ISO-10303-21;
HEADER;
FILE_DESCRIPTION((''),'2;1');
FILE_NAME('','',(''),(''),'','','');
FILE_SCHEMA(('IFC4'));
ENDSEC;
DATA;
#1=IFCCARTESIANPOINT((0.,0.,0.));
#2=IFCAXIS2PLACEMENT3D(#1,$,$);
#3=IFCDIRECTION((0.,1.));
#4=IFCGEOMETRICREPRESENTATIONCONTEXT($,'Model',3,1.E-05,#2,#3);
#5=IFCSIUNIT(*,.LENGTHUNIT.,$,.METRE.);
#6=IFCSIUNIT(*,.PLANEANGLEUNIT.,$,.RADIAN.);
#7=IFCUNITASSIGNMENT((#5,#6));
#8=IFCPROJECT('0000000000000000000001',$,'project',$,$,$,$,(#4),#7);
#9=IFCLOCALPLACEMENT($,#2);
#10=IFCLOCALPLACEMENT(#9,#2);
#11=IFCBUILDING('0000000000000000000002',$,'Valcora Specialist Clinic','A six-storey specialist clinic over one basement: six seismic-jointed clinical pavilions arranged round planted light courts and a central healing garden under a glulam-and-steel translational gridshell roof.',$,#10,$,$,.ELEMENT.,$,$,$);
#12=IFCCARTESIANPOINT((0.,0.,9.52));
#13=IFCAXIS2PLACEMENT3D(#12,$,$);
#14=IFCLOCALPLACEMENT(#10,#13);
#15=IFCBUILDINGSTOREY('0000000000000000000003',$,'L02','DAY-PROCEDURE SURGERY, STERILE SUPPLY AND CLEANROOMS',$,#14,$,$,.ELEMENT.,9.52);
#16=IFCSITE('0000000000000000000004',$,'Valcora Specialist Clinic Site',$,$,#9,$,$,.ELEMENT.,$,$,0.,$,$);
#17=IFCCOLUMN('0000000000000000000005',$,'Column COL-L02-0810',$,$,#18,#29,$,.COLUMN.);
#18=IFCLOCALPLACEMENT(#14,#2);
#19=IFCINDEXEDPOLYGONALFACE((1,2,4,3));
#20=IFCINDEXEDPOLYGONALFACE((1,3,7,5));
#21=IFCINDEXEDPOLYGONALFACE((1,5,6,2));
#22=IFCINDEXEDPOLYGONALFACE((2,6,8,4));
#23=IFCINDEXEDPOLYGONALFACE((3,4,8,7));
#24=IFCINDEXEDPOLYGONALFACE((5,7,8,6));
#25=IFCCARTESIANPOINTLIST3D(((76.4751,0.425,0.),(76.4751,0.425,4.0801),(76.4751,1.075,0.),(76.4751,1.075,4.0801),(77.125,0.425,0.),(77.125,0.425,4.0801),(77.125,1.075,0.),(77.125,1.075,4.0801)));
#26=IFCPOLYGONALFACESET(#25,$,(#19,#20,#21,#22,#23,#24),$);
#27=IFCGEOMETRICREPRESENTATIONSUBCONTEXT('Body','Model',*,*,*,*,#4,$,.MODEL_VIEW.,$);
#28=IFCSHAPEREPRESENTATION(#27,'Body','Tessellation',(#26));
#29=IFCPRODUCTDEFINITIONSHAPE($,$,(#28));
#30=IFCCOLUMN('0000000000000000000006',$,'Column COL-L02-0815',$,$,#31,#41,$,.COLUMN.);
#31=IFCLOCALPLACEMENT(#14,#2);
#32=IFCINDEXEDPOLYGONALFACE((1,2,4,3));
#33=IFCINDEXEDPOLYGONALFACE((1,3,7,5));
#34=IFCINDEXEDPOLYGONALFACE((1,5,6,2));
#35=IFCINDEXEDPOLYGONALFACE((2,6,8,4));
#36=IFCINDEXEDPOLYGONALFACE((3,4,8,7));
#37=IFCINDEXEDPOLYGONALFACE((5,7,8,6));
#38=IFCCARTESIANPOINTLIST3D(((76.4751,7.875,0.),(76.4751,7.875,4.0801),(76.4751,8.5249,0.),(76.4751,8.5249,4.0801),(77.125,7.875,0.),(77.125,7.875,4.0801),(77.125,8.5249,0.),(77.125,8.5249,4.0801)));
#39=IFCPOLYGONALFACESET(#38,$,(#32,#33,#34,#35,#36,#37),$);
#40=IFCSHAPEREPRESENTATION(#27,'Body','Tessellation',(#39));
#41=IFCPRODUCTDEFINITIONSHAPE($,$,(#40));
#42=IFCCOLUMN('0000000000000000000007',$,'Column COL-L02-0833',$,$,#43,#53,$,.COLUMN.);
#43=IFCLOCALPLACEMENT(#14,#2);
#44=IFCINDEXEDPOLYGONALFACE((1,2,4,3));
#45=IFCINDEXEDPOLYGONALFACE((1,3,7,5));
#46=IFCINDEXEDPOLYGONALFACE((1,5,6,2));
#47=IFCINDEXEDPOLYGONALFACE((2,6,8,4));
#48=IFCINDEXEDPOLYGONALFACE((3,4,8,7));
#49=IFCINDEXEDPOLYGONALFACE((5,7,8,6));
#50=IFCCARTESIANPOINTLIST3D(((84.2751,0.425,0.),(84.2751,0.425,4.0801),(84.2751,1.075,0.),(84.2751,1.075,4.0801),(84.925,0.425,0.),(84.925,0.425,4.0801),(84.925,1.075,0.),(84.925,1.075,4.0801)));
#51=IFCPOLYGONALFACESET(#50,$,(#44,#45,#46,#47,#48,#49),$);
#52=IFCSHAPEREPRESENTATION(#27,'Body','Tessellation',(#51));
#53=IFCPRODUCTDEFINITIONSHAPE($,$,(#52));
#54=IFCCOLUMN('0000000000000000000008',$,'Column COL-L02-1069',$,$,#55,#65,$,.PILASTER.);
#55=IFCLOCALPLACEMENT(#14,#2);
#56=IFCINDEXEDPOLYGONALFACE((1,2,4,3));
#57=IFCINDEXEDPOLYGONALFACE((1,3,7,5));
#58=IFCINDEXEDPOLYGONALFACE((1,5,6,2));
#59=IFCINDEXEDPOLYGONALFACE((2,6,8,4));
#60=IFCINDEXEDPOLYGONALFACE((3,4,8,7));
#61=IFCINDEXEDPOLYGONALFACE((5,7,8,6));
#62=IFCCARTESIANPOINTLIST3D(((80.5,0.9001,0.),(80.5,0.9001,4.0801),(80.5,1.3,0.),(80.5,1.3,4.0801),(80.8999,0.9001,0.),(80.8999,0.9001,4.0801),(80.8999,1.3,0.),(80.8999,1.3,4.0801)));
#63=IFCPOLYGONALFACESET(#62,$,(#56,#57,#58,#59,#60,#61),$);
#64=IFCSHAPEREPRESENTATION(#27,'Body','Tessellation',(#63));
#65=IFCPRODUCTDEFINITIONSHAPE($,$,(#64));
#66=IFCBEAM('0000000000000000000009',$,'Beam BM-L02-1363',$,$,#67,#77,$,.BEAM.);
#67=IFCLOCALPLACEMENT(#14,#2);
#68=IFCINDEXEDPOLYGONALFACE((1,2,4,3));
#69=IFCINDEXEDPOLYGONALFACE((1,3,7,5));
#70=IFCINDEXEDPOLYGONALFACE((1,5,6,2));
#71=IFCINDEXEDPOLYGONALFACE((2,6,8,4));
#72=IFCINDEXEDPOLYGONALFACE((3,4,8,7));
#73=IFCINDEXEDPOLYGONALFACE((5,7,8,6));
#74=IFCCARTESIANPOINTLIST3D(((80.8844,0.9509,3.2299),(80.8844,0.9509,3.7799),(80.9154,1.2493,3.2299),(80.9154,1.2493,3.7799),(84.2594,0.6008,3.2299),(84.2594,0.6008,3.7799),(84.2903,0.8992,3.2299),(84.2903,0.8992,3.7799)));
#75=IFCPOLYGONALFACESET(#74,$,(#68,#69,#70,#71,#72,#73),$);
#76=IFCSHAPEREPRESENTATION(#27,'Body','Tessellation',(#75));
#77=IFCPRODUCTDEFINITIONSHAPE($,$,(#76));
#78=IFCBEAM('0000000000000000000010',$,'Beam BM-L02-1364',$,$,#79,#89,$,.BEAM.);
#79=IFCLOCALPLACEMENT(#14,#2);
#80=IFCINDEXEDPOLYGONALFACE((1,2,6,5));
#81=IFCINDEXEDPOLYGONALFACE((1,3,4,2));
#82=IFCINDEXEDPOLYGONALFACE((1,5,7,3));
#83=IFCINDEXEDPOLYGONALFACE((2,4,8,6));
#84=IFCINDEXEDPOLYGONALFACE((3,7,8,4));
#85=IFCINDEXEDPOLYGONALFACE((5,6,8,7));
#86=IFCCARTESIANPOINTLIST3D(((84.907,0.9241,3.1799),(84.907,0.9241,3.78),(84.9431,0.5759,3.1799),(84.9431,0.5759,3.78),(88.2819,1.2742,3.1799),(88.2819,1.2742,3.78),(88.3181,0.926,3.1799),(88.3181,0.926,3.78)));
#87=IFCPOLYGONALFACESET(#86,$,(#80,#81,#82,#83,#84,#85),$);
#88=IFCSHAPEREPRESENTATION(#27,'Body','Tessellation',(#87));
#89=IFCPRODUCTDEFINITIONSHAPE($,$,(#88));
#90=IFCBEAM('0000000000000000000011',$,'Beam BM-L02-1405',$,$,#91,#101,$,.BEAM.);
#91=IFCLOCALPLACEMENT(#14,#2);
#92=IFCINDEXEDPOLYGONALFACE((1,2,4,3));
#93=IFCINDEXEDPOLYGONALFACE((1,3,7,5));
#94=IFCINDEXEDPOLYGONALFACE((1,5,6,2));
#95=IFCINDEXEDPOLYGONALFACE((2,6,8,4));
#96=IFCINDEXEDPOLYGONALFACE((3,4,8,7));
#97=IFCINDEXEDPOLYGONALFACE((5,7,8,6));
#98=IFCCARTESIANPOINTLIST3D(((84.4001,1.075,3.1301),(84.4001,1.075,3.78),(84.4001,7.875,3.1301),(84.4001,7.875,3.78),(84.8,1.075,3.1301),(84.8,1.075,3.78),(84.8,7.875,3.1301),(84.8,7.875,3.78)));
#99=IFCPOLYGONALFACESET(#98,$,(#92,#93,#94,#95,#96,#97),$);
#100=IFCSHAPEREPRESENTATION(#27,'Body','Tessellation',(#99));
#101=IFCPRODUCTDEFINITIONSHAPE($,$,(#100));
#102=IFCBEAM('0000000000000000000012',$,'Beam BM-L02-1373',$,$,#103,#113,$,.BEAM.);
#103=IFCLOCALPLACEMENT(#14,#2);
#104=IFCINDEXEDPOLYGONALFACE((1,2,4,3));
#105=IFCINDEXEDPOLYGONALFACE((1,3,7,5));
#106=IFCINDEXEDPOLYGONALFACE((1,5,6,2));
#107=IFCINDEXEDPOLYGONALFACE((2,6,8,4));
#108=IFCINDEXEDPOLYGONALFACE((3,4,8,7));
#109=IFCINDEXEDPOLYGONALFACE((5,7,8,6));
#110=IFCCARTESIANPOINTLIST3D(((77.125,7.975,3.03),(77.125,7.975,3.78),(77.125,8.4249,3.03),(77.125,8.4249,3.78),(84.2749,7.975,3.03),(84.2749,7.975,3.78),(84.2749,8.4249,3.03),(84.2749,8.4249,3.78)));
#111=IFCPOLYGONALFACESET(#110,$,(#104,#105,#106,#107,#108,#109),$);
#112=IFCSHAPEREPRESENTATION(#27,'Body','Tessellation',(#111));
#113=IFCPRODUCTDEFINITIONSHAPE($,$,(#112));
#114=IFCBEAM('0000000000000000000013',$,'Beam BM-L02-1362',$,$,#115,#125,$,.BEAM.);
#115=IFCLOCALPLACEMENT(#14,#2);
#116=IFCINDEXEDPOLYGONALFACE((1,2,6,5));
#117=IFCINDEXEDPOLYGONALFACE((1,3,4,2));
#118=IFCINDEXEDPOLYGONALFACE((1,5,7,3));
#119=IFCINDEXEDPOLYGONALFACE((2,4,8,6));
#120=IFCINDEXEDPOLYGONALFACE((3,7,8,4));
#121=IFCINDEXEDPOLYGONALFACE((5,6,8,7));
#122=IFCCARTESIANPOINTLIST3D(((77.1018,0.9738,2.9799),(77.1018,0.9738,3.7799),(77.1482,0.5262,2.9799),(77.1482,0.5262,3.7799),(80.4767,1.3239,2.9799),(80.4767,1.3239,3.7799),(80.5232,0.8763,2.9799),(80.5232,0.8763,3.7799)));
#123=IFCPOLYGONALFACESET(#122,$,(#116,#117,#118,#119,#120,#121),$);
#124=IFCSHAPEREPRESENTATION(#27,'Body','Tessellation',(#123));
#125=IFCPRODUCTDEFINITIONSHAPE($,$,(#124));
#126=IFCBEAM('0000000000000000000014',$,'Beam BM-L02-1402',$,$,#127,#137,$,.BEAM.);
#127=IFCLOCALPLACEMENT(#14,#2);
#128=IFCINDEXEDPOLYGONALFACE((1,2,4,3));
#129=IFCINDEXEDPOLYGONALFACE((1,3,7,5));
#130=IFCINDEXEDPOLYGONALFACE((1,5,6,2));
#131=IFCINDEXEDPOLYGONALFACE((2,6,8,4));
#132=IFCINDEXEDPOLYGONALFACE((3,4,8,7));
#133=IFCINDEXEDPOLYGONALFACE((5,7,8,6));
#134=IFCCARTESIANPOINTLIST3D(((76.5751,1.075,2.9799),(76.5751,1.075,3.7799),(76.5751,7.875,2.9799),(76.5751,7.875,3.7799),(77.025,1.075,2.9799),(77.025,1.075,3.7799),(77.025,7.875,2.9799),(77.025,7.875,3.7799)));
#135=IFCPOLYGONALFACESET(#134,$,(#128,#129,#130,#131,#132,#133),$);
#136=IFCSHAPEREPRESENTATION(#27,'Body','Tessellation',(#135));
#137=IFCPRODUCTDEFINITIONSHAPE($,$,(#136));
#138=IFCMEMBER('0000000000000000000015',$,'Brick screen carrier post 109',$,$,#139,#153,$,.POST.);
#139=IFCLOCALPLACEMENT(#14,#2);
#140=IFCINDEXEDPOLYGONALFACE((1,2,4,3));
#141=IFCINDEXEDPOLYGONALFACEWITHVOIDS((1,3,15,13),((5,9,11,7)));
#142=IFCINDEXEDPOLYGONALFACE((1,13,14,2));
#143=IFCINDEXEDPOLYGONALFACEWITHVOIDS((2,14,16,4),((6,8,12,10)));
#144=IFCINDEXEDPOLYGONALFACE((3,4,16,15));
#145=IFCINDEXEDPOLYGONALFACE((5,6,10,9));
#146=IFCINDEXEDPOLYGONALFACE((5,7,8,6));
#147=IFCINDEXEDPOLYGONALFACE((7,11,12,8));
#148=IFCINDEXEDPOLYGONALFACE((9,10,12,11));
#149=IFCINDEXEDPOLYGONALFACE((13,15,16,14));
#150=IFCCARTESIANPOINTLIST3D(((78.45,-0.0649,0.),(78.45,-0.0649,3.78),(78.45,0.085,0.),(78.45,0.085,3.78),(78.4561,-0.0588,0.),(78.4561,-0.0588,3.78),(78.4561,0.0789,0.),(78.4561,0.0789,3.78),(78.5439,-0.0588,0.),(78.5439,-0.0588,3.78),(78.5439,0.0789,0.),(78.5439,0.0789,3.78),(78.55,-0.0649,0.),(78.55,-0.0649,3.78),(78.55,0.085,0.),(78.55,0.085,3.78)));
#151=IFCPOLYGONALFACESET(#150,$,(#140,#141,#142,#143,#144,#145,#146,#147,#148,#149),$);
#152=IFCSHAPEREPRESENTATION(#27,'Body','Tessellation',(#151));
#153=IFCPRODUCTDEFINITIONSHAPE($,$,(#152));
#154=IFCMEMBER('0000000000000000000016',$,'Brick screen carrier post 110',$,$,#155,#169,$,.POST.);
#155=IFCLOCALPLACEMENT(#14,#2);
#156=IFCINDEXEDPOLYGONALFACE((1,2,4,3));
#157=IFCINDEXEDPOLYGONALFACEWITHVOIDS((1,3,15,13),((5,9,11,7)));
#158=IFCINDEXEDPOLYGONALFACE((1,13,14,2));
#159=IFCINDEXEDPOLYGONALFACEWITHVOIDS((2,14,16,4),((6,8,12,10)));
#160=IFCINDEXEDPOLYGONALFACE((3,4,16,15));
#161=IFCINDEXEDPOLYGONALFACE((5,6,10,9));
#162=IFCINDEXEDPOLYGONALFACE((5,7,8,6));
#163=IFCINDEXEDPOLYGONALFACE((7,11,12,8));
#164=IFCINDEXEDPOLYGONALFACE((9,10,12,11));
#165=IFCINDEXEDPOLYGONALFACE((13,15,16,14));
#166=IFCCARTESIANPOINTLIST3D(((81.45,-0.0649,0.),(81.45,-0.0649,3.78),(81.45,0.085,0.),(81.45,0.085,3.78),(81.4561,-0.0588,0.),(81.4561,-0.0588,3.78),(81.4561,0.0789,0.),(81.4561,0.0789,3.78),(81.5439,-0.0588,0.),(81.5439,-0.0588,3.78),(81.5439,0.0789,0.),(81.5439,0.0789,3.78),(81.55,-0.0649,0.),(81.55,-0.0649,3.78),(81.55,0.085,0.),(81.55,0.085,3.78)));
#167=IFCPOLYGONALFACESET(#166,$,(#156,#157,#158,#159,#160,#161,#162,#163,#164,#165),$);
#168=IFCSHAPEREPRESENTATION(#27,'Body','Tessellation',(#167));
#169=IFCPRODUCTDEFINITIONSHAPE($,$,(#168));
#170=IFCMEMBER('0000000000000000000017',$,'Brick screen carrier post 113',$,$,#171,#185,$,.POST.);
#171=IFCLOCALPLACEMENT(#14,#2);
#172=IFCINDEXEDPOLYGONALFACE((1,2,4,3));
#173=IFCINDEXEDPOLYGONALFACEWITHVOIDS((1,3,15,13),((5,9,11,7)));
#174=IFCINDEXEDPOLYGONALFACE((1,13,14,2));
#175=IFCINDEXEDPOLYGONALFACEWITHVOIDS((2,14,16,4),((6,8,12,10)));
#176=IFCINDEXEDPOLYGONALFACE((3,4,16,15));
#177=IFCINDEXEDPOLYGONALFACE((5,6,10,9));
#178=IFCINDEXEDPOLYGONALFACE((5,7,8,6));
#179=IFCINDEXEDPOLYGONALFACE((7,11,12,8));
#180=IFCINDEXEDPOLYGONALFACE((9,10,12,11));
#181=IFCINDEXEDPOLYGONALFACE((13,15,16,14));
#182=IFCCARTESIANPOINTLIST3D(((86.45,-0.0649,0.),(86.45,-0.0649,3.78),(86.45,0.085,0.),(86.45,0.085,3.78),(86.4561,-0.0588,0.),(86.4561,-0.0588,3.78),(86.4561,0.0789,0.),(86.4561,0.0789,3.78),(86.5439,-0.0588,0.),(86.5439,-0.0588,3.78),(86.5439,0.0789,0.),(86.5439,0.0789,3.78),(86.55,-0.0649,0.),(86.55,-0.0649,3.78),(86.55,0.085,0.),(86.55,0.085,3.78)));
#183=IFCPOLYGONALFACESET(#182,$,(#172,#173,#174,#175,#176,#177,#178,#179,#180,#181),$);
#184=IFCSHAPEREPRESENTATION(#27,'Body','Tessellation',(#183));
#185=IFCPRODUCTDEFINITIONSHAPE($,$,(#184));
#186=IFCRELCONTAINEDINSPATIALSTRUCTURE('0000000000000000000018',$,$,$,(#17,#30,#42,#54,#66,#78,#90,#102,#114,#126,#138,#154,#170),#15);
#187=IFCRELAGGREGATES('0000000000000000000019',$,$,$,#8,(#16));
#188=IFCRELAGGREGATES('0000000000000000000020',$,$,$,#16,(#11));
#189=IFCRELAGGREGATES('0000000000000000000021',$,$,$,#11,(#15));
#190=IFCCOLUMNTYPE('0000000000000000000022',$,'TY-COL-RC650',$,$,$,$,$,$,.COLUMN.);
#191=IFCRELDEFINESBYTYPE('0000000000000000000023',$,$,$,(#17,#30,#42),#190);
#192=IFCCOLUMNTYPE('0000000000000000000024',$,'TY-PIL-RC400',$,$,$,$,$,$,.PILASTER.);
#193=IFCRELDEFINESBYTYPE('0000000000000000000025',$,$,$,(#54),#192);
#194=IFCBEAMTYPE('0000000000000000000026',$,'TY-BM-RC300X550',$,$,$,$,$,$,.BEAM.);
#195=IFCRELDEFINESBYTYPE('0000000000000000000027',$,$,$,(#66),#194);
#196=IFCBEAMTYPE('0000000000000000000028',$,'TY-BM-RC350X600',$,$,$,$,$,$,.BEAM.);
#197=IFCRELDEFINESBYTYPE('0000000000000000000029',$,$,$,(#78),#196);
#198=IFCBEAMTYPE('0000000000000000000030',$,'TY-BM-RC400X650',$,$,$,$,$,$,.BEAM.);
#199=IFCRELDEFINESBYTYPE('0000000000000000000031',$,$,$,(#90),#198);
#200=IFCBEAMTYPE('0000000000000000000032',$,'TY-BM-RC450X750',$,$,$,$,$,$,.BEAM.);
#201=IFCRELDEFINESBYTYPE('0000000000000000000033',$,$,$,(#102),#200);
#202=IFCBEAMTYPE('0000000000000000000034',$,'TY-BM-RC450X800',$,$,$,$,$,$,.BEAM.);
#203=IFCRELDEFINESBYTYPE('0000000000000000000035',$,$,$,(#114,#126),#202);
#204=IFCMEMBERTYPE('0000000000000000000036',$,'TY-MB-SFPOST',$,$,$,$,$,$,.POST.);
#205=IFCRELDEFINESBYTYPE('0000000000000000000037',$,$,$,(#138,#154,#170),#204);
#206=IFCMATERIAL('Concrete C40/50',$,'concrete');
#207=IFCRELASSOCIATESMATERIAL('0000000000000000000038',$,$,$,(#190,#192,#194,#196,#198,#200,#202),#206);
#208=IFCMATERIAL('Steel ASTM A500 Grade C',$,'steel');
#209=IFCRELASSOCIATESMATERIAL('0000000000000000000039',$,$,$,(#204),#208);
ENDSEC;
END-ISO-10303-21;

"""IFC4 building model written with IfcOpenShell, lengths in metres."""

from ifc_helpers import new_model, si_unit, direction, frame, origin, origin_2d, place, context, subcontext, project, spatial, rectangle, hollow_rectangle, extrude, material, material_profile, profile_set, type_object, element, save


model = new_model("IFC4")

# Units and contexts
model_context = context("Model", 3, precision=1e-05, world=origin(), true_north=direction((0.0, 1.0)))
body_context = subcontext(model_context, "Body", "Model", "MODEL_VIEW")
ifc_project = project(units=[si_unit("LENGTHUNIT", "METRE"), si_unit("PLANEANGLEUNIT", "RADIAN")], contexts=[model_context])

# Site, building, storey
site_placement = place(None, origin())
site = spatial("IfcSite", under=ifc_project, at=site_placement, Name="Valcora Specialist Clinic Site", CompositionType="ELEMENT", RefElevation=0.0)
building_placement = place(site_placement, origin())
building = spatial("IfcBuilding", under=site, at=building_placement, Name="Valcora Specialist Clinic", Description="A six-storey specialist clinic over one basement: six seismic-jointed clinical pavilions arranged round planted light courts and a central healing garden under a glulam-and-steel translational gridshell roof.", CompositionType="ELEMENT")
storey_placement = place(building_placement, frame((0.0, 0.0, 9.52)))
storey = spatial("IfcBuildingStorey", under=building, at=storey_placement, Name="L02", Description="DAY-PROCEDURE SURGERY, STERILE SUPPLY AND CLEANROOMS", CompositionType="ELEMENT", Elevation=9.52)

# Columns
ifc_material_1 = material(Name="Concrete C40/50", Category="concrete")
ifc_material_profile_1 = material_profile(ifc_material_1, rectangle(XDim=0.6499, YDim=0.6499, at=origin_2d()), Name="RC-COL-650X650")
ifc_profile_set_1 = profile_set([ifc_material_profile_1], Name="Concrete C40/50")
column_type_1 = type_object("IfcColumnType", Name="TY-COL-RC650", PredefinedType="COLUMN", material=ifc_profile_set_1)
for number, where, z_axis, x_axis, name in (
    (1, (76.8, 0.75, 0.0), (0.0, 0.0, 1.0), (1.0, 0.0, 0.0), "Column COL-L02-0810"),
    (2, (76.8, 8.2, 0.0), (0.0, 0.0, 1.0), (1.0, 0.0, 0.0), "Column COL-L02-0815"),
    (3, (84.6001, 0.75, 0.0), (0.0, 0.0, 1.0), (1.0, 0.0, 0.0), "Column COL-L02-0833"),
):
    element("IfcColumn", number, at=place(storey_placement, frame(where, z_axis=z_axis, x_axis=x_axis)), inside=storey, type_object=column_type_1, Name=name, PredefinedType="COLUMN", context=body_context, shape_type="SweptSolid", body=[
        extrude(rectangle(XDim=0.6499, YDim=0.6499, at=origin_2d()), origin(), (0.0, 0.0, 1.0), 4.0801),
    ])
ifc_material_profile_2 = material_profile(ifc_material_1, rectangle(XDim=0.3999, YDim=0.3999, at=origin_2d()), Name="RC-COL-400X400")
ifc_profile_set_2 = profile_set([ifc_material_profile_2], Name="Concrete C40/50")
column_type_2 = type_object("IfcColumnType", Name="TY-PIL-RC400", PredefinedType="PILASTER", material=ifc_profile_set_2)
column_placement = place(storey_placement, frame((80.7, 1.1001, 0.0), z_axis=(0.0, 0.0, 1.0), x_axis=(1.0, 0.0, 0.0)))
element("IfcColumn", 4, at=column_placement, inside=storey, type_object=column_type_2, Name="Column COL-L02-1069", PredefinedType="PILASTER", context=body_context, shape_type="SweptSolid", body=[
    extrude(rectangle(XDim=0.3999, YDim=0.3999, at=origin_2d()), origin(), (0.0, 0.0, 1.0), 4.0801),
])

# Beams
ifc_material_profile_3 = material_profile(ifc_material_1, rectangle(XDim=0.3, YDim=0.55, at=origin_2d()), Name="RC-BM-300X550")
ifc_profile_set_3 = profile_set([ifc_material_profile_3], Name="Concrete C40/50")
beam_type_1 = type_object("IfcBeamType", Name="TY-BM-RC300X550", PredefinedType="BEAM", material=ifc_profile_set_3)
beam_1_placement = place(storey_placement, frame((80.8999, 1.1001, 3.5049), z_axis=(0.994663, -0.103179, 0.0), x_axis=(0.103179, 0.994663, 0.0)))
element("IfcBeam", 5, at=beam_1_placement, inside=storey, type_object=beam_type_1, Name="Beam BM-L02-1363", PredefinedType="BEAM", context=body_context, shape_type="SweptSolid", body=[
    extrude(rectangle(XDim=0.3, YDim=0.55, at=origin_2d()), origin(), (0.0, 0.0, 1.0), 3.3931),
])
ifc_material_profile_4 = material_profile(ifc_material_1, rectangle(XDim=0.3501, YDim=0.6001, at=origin_2d()), Name="RC-BM-350X600")
ifc_profile_set_4 = profile_set([ifc_material_profile_4], Name="Concrete C40/50")
beam_type_2 = type_object("IfcBeamType", Name="TY-BM-RC350X600", PredefinedType="BEAM", material=ifc_profile_set_4)
beam_2_placement = place(storey_placement, frame((84.925, 0.75, 3.48), z_axis=(0.994663, 0.103179, 0.0), x_axis=(-0.103179, 0.994663, 0.0)))
element("IfcBeam", 6, at=beam_2_placement, inside=storey, type_object=beam_type_2, Name="Beam BM-L02-1364", PredefinedType="BEAM", context=body_context, shape_type="SweptSolid", body=[
    extrude(rectangle(XDim=0.3501, YDim=0.6001, at=origin_2d()), origin(), (0.0, 0.0, 1.0), 3.3931),
])
ifc_material_profile_5 = material_profile(ifc_material_1, rectangle(XDim=0.3999, YDim=0.6499, at=origin_2d()), Name="RC-BM-400X650")
ifc_profile_set_5 = profile_set([ifc_material_profile_5], Name="Concrete C40/50")
beam_type_3 = type_object("IfcBeamType", Name="TY-BM-RC400X650", PredefinedType="BEAM", material=ifc_profile_set_5)
beam_3_placement = place(storey_placement, frame((84.6001, 1.075, 3.4551), z_axis=(0.0, 1.0, 0.0), x_axis=(-1.0, 0.0, 0.0)))
element("IfcBeam", 7, at=beam_3_placement, inside=storey, type_object=beam_type_3, Name="Beam BM-L02-1405", PredefinedType="BEAM", context=body_context, shape_type="SweptSolid", body=[
    extrude(rectangle(XDim=0.3999, YDim=0.6499, at=origin_2d()), origin(), (0.0, 0.0, 1.0), 6.8),
])
ifc_material_profile_6 = material_profile(ifc_material_1, rectangle(XDim=0.45, YDim=0.75, at=origin_2d()), Name="RC-BM-450X750")
ifc_profile_set_6 = profile_set([ifc_material_profile_6], Name="Concrete C40/50")
beam_type_4 = type_object("IfcBeamType", Name="TY-BM-RC450X750", PredefinedType="BEAM", material=ifc_profile_set_6)
beam_4_placement = place(storey_placement, frame((77.125, 8.2, 3.405), z_axis=(1.0, 0.0, 0.0), x_axis=(0.0, 1.0, 0.0)))
element("IfcBeam", 8, at=beam_4_placement, inside=storey, type_object=beam_type_4, Name="Beam BM-L02-1373", PredefinedType="BEAM", context=body_context, shape_type="SweptSolid", body=[
    extrude(rectangle(XDim=0.45, YDim=0.75, at=origin_2d()), origin(), (0.0, 0.0, 1.0), 7.1499),
])
ifc_material_profile_7 = material_profile(ifc_material_1, rectangle(XDim=0.45, YDim=0.8, at=origin_2d()), Name="RC-BM-450X800")
ifc_profile_set_7 = profile_set([ifc_material_profile_7], Name="Concrete C40/50")
beam_type_5 = type_object("IfcBeamType", Name="TY-BM-RC450X800", PredefinedType="BEAM", material=ifc_profile_set_7)
beam_5_placement = place(storey_placement, frame((77.125, 0.75, 3.3799), z_axis=(0.994663, 0.103179, 0.0), x_axis=(-0.103179, 0.994663, 0.0)))
element("IfcBeam", 9, at=beam_5_placement, inside=storey, type_object=beam_type_5, Name="Beam BM-L02-1362", PredefinedType="BEAM", context=body_context, shape_type="SweptSolid", body=[
    extrude(rectangle(XDim=0.45, YDim=0.8, at=origin_2d()), origin(), (0.0, 0.0, 1.0), 3.3931),
])
beam_6_placement = place(storey_placement, frame((76.8, 1.075, 3.3799), z_axis=(0.0, 1.0, 0.0), x_axis=(-1.0, 0.0, 0.0)))
element("IfcBeam", 10, at=beam_6_placement, inside=storey, type_object=beam_type_5, Name="Beam BM-L02-1402", PredefinedType="BEAM", context=body_context, shape_type="SweptSolid", body=[
    extrude(rectangle(XDim=0.45, YDim=0.8, at=origin_2d()), origin(), (0.0, 0.0, 1.0), 6.8),
])

# Members
ifc_material_2 = material(Name="Steel ASTM A500 Grade C", Category="steel")
ifc_material_profile_8 = material_profile(ifc_material_2, hollow_rectangle(XDim=0.1001, YDim=0.1499, WallThickness=0.0061, at=origin_2d()), Name="ST-RHS-150X100X6")
ifc_profile_set_8 = profile_set([ifc_material_profile_8], Name="Steel ASTM A500 Grade C")
member_type_1 = type_object("IfcMemberType", Name="TY-MB-SFPOST", PredefinedType="POST", material=ifc_profile_set_8)
for number, where, z_axis, x_axis, name in (
    (11, (78.5, 0.01, 0.0), (0.0, 0.0, 1.0), (1.0, 0.0, 0.0), "Brick screen carrier post 109"),
    (12, (81.5, 0.01, 0.0), (0.0, 0.0, 1.0), (1.0, 0.0, 0.0), "Brick screen carrier post 110"),
    (13, (86.5, 0.01, 0.0), (0.0, 0.0, 1.0), (1.0, 0.0, 0.0), "Brick screen carrier post 113"),
):
    element("IfcMember", number, at=place(storey_placement, frame(where, z_axis=z_axis, x_axis=x_axis)), inside=storey, type_object=member_type_1, Name=name, PredefinedType="POST", context=body_context, shape_type="SweptSolid", body=[
        extrude(hollow_rectangle(XDim=0.1001, YDim=0.1499, WallThickness=0.0061, at=origin_2d()), origin(), (0.0, 0.0, 1.0), 3.78),
    ])

save(model, "model.ifc")
